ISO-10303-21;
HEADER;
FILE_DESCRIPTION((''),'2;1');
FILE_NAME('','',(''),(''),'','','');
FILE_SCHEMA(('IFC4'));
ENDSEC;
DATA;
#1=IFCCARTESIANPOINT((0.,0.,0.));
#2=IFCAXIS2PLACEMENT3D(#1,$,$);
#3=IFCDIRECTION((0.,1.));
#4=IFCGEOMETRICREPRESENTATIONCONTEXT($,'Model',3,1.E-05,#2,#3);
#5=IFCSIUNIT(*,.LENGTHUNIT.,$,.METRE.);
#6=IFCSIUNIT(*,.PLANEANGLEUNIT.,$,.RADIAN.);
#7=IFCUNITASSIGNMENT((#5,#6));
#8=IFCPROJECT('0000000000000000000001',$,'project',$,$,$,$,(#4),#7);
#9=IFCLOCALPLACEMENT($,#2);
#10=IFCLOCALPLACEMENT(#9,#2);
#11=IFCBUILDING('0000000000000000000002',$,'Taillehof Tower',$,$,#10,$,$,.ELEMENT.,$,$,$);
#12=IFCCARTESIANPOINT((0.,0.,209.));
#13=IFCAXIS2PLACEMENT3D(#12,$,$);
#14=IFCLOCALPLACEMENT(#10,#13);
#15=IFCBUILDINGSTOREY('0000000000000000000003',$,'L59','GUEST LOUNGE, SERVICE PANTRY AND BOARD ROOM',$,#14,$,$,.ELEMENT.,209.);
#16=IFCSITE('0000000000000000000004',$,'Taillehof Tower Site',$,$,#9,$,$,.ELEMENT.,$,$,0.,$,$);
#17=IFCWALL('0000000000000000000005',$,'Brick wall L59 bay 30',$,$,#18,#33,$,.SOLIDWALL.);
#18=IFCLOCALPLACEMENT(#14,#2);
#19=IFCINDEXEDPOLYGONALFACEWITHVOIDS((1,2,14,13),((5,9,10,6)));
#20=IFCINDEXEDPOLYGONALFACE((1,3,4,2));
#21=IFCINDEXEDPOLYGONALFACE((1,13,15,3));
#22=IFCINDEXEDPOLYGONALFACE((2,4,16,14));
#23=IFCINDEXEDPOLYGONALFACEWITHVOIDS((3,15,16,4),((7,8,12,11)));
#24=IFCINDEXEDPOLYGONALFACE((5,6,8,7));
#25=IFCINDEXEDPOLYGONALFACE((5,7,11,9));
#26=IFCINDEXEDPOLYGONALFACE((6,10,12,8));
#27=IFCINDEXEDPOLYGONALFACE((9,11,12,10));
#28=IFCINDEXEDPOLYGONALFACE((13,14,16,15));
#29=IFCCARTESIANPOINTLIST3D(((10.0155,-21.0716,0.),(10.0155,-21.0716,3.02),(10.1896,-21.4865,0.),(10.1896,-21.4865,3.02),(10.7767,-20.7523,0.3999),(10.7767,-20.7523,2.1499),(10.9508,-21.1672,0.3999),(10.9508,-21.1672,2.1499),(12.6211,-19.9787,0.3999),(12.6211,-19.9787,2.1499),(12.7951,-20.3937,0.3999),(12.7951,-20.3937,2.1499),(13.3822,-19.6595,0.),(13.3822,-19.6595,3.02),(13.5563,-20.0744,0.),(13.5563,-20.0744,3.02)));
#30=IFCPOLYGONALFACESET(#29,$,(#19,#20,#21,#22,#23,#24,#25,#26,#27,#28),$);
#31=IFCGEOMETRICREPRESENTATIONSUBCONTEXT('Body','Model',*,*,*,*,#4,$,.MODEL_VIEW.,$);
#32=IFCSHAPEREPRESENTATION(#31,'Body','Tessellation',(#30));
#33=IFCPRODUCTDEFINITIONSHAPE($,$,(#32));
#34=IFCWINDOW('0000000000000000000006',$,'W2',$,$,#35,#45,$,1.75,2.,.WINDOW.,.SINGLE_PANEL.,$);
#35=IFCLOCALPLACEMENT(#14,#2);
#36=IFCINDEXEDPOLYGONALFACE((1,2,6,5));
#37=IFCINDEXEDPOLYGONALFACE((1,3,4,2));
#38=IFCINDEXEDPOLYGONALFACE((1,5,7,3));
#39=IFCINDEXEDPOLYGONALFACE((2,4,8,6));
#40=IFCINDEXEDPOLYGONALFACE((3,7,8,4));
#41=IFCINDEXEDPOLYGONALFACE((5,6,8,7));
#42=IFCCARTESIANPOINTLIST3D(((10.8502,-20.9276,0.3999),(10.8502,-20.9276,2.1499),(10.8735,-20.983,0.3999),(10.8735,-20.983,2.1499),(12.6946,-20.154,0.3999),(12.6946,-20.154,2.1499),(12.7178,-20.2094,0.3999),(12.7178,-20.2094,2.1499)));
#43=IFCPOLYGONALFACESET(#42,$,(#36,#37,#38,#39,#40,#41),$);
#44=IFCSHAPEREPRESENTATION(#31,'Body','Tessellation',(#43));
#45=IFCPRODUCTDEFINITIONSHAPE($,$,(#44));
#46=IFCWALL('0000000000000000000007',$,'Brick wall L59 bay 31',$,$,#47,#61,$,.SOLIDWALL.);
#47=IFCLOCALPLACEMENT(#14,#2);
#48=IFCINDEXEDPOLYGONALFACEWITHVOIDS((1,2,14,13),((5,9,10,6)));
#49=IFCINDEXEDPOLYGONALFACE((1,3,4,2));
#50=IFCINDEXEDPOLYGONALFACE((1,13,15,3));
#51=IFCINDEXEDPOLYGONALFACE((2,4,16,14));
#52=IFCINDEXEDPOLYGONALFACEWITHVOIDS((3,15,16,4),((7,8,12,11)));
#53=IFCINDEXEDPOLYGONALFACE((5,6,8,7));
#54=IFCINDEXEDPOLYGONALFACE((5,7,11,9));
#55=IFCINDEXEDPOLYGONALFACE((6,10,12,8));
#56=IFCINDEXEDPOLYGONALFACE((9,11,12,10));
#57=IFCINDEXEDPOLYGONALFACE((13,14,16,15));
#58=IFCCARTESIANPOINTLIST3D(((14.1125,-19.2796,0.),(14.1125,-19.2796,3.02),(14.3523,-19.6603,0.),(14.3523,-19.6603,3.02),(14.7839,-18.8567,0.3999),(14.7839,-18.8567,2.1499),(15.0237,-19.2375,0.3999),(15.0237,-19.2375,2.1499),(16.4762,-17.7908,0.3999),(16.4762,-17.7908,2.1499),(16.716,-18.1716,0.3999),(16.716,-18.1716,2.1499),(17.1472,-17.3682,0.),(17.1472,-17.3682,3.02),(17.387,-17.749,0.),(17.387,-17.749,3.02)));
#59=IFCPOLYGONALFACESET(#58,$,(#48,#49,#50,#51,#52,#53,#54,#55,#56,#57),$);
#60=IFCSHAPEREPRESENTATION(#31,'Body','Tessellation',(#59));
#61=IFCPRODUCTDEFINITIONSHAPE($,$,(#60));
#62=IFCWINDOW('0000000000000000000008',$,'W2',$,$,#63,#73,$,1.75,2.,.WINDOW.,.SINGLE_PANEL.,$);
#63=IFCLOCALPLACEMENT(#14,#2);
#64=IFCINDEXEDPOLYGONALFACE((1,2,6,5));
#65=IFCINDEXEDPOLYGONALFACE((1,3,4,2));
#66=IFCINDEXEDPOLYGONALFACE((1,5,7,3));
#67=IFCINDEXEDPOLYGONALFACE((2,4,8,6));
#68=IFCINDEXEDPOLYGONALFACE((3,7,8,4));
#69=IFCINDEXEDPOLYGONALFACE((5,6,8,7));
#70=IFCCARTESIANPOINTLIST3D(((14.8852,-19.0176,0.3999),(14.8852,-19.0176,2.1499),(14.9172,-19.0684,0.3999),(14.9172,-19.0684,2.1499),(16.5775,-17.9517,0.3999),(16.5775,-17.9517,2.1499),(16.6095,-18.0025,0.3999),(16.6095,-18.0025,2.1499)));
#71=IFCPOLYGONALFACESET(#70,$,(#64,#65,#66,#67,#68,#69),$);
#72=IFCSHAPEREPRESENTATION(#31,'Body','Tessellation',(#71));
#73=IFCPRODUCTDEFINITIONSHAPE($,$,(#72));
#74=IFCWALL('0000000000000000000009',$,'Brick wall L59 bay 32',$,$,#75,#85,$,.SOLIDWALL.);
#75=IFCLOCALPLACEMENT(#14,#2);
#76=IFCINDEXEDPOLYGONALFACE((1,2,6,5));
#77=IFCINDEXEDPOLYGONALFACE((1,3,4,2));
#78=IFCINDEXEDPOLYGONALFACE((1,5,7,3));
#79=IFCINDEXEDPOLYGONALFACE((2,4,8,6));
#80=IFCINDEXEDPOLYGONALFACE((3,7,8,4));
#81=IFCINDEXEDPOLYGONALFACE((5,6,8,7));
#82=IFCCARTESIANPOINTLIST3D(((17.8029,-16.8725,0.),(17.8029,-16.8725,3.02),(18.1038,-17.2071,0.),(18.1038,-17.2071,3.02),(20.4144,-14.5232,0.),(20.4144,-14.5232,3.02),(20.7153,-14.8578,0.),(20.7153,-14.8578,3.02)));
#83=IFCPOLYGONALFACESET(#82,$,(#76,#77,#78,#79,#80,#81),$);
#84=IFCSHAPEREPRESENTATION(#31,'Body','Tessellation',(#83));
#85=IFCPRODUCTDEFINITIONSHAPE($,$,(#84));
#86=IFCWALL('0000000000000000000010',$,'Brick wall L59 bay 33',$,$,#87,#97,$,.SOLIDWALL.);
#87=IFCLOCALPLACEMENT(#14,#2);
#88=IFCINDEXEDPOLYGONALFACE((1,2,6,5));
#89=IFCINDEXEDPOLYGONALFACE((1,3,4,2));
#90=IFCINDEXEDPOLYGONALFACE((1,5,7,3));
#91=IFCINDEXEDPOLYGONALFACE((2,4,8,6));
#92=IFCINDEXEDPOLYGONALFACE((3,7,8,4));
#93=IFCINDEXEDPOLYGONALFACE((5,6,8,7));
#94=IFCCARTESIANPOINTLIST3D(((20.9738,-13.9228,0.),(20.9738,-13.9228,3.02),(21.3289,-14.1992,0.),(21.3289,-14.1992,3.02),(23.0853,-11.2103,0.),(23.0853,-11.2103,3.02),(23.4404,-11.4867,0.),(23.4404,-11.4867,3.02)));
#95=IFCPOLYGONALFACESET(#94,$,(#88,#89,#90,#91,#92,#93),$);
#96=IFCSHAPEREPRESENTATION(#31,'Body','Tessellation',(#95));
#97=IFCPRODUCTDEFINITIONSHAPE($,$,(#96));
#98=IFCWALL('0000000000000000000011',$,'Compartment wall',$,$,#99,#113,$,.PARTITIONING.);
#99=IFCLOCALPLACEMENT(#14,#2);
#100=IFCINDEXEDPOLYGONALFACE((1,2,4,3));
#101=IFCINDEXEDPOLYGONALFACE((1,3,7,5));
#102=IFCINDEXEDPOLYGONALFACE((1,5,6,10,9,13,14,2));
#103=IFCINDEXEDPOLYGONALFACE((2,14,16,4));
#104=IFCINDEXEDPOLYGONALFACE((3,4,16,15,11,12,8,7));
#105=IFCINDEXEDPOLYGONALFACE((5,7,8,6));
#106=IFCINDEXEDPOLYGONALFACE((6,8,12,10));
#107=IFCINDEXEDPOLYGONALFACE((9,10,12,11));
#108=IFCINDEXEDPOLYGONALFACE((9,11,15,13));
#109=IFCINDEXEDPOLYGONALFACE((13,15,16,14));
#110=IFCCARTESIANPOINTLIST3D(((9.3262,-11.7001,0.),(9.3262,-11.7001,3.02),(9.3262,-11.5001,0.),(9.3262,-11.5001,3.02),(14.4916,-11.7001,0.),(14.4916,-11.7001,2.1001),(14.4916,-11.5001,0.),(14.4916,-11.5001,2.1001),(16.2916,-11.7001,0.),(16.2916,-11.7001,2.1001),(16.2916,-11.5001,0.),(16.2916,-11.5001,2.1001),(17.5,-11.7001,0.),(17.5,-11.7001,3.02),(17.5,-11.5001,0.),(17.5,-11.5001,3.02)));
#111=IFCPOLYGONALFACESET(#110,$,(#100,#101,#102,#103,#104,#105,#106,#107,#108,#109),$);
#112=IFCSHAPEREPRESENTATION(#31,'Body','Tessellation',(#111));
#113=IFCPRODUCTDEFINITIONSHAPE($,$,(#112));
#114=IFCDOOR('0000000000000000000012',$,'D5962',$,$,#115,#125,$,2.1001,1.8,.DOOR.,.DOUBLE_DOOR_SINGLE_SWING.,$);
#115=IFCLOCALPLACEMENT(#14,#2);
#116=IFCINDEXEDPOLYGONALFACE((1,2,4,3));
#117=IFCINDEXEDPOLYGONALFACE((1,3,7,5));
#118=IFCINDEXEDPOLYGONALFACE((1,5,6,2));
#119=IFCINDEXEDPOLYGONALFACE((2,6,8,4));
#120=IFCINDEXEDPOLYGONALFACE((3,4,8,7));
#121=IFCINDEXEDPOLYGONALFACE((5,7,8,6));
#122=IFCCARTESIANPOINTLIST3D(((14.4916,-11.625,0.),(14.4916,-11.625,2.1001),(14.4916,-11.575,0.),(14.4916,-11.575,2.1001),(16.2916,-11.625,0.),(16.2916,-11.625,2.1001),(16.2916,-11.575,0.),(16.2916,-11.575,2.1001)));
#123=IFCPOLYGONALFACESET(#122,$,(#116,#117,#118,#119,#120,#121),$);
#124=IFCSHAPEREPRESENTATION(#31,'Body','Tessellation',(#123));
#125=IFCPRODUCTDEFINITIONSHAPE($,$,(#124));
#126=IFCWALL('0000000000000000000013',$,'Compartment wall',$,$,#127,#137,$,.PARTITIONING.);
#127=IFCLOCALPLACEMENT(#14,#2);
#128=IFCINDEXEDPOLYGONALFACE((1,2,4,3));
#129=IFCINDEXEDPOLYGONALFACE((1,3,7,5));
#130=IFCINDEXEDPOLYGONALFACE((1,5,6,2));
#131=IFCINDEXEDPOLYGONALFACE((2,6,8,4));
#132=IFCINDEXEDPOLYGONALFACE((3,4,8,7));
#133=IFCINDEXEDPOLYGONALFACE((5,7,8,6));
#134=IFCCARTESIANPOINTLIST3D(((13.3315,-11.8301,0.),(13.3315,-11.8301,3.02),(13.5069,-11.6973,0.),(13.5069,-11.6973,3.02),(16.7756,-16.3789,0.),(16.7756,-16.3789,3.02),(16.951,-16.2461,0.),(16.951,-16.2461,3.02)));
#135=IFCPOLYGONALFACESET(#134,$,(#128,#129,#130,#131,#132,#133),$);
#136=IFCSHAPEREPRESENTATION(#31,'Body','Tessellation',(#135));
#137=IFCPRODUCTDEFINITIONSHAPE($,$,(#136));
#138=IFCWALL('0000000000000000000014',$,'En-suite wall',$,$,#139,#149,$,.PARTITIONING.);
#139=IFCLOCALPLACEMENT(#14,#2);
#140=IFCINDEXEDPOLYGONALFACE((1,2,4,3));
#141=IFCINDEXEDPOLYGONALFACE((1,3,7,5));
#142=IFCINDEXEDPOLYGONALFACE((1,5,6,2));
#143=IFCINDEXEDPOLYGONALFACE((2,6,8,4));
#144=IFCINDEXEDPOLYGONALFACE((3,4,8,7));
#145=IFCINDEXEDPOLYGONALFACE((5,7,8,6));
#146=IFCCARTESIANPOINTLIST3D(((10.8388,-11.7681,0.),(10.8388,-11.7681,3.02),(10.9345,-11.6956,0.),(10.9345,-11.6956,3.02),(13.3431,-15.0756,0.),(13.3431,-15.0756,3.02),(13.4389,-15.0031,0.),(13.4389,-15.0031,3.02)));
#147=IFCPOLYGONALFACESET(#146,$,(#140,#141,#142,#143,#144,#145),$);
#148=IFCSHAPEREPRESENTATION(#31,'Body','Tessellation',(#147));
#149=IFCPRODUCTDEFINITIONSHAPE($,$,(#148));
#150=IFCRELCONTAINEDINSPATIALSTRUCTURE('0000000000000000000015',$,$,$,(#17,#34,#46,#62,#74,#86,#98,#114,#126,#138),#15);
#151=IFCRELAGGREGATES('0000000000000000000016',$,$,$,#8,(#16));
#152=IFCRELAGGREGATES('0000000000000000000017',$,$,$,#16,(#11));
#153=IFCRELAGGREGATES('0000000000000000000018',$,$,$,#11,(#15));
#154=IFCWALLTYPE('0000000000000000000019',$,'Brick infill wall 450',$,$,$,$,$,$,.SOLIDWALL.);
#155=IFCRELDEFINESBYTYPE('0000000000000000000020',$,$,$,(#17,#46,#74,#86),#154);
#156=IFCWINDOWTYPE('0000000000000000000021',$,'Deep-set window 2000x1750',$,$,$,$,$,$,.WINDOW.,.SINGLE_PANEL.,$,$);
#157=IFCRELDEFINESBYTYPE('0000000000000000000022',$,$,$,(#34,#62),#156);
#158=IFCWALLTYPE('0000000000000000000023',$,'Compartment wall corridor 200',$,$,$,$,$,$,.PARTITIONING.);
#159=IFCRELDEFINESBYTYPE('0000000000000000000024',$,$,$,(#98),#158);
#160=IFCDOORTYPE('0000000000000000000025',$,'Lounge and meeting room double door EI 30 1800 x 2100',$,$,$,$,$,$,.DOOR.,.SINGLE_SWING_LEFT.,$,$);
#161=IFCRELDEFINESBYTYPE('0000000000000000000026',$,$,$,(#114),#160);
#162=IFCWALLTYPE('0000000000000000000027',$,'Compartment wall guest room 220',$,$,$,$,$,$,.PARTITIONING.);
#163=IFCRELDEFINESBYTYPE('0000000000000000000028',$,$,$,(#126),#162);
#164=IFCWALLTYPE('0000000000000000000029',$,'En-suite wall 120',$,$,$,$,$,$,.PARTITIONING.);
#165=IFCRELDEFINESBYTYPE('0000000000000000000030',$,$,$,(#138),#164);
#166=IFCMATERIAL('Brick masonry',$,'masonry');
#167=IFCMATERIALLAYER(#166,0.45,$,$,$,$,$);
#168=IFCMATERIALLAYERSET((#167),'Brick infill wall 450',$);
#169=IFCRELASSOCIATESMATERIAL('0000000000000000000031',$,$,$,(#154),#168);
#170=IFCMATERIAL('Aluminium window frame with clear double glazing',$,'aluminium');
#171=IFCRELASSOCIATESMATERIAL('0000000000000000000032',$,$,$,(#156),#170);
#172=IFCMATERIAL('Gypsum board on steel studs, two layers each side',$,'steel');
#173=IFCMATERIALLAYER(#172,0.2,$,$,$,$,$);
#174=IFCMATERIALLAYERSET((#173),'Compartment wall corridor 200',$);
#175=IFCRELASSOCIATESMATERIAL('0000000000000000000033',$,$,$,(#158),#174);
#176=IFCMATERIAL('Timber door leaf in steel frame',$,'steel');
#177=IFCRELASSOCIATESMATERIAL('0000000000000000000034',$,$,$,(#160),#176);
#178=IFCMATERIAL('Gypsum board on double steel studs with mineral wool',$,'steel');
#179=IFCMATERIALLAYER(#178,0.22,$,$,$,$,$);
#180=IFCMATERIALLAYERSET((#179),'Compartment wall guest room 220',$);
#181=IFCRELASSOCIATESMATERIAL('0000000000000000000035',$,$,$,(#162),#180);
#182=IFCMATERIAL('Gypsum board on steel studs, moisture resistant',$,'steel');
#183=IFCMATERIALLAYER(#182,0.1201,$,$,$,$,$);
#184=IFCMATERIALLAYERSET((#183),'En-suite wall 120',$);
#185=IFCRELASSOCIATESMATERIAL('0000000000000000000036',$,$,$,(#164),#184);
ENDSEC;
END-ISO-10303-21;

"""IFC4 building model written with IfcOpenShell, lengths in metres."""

from ifc_helpers import new_model, si_unit, direction, frame, frame_2d, origin, place, context, subcontext, project, spatial, rectangle, extrude, material, layer, layer_set, type_object, element, fill, save


model = new_model("IFC4")

# Units and contexts
model_context = context("Model", 3, precision=1e-05, world=origin(), true_north=direction((0.0, 1.0)))
body_context = subcontext(model_context, "Body", "Model", "MODEL_VIEW")
ifc_project = project(units=[si_unit("LENGTHUNIT", "METRE"), si_unit("PLANEANGLEUNIT", "RADIAN")], contexts=[model_context])

# Site, building, storey
site_placement = place(None, origin())
site = spatial("IfcSite", under=ifc_project, at=site_placement, Name="Taillehof Tower Site", CompositionType="ELEMENT", RefElevation=0.0)
building_placement = place(site_placement, origin())
building = spatial("IfcBuilding", under=site, at=building_placement, Name="Taillehof Tower", CompositionType="ELEMENT")
storey_placement = place(building_placement, frame((0.0, 0.0, 209.0)))
storey = spatial("IfcBuildingStorey", under=building, at=storey_placement, Name="L59", Description="GUEST LOUNGE, SERVICE PANTRY AND BOARD ROOM", CompositionType="ELEMENT", Elevation=209.0)

# Walls, openings, windows
ifc_material_1 = material(Name="Brick masonry", Category="masonry")
ifc_layer_1 = layer(ifc_material_1, 0.45)
ifc_layer_set_1 = layer_set([ifc_layer_1], Name="Brick infill wall 450")
wall_type_1 = type_object("IfcWallType", Name="Brick infill wall 450", PredefinedType="SOLIDWALL", material=ifc_layer_set_1)
wall_1_placement = place(storey_placement, frame((10.1025, -21.2791, 0.0), z_axis=(0.0, 0.0, 1.0), x_axis=(0.922168, 0.386789, 0.0)))
wall_1 = element("IfcWall", 1, at=wall_1_placement, inside=storey, type_object=wall_type_1, Name="Brick wall L59 bay 30", PredefinedType="SOLIDWALL", context=body_context, shape_type="SweptSolid", body=[
    extrude(rectangle(XDim=3.6509, YDim=0.45, at=frame_2d((1.8254, 0.0))), origin(), (0.0, 0.0, 1.0), 3.02),
])
opening_1_placement = place(wall_1_placement, frame((0.8254, 0.0, 0.3999)))
opening_1 = element("IfcOpeningElement", 2, at=opening_1_placement, cuts=wall_1, PredefinedType="OPENING", context=body_context, shape_type="SweptSolid", body=[
    extrude(rectangle(XDim=2.0, YDim=1.75, at=frame_2d((1.0, 0.875))), frame((0.0, 0.2349, 0.0), z_axis=(0.0, -1.0, 0.0), x_axis=(1.0, 0.0, 0.0)), (0.0, 0.0, 1.0), 0.47),
])
ifc_material_2 = material(Name="Aluminium window frame with clear double glazing", Category="aluminium")
window_type = type_object("IfcWindowType", Name="Deep-set window 2000x1750", PartitioningType="SINGLE_PANEL", PredefinedType="WINDOW", material=ifc_material_2)
window_1_placement = place(opening_1_placement, origin())
window_1 = element("IfcWindow", 3, at=window_1_placement, inside=storey, type_object=window_type, Name="W2", OverallHeight=1.75, OverallWidth=2.0, PartitioningType="SINGLE_PANEL", PredefinedType="WINDOW", context=body_context, shape_type="SweptSolid", body=[
    extrude(rectangle(XDim=2.0, YDim=1.75, at=frame_2d((1.0, 0.875))), frame((0.0, 0.0349, 0.0), z_axis=(0.0, -1.0, 0.0), x_axis=(1.0, 0.0, 0.0)), (0.0, 0.0, 1.0), 0.0601),
])
fill(opening_1, window_1)
wall_2_placement = place(storey_placement, frame((14.2324, -19.47, 0.0), z_axis=(0.0, 0.0, 1.0), x_axis=(0.84615, 0.532945, 0.0)))
wall_2 = element("IfcWall", 4, at=wall_2_placement, inside=storey, type_object=wall_type_1, Name="Brick wall L59 bay 31", PredefinedType="SOLIDWALL", context=body_context, shape_type="SweptSolid", body=[
    extrude(rectangle(XDim=3.5864, YDim=0.45, at=frame_2d((1.7932, 0.0))), origin(), (0.0, 0.0, 1.0), 3.02),
])
opening_2_placement = place(wall_2_placement, frame((0.7935, 0.0, 0.3999)))
opening_2 = element("IfcOpeningElement", 5, at=opening_2_placement, cuts=wall_2, PredefinedType="OPENING", context=body_context, shape_type="SweptSolid", body=[
    extrude(rectangle(XDim=2.0, YDim=1.75, at=frame_2d((1.0, 0.875))), frame((0.0, 0.2349, 0.0), z_axis=(0.0, -1.0, 0.0), x_axis=(1.0, 0.0, 0.0)), (0.0, 0.0, 1.0), 0.47),
])
window_2_placement = place(opening_2_placement, origin())
window_2 = element("IfcWindow", 6, at=window_2_placement, inside=storey, type_object=window_type, Name="W2", OverallHeight=1.75, OverallWidth=2.0, PartitioningType="SINGLE_PANEL", PredefinedType="WINDOW", context=body_context, shape_type="SweptSolid", body=[
    extrude(rectangle(XDim=2.0, YDim=1.75, at=frame_2d((1.0, 0.875))), frame((0.0, 0.0349, 0.0), z_axis=(0.0, -1.0, 0.0), x_axis=(1.0, 0.0, 0.0)), (0.0, 0.0, 1.0), 0.0601),
])
fill(opening_2, window_2)

# Walls
wall_3_placement = place(storey_placement, frame((17.9534, -17.0398, 0.0), z_axis=(0.0, 0.0, 1.0), x_axis=(0.743443, 0.6688, 0.0)))
element("IfcWall", 7, at=wall_3_placement, inside=storey, type_object=wall_type_1, Name="Brick wall L59 bay 32", PredefinedType="SOLIDWALL", context=body_context, shape_type="SweptSolid", body=[
    extrude(rectangle(XDim=3.5127, YDim=0.45, at=frame_2d((1.7563, 0.0))), origin(), (0.0, 0.0, 1.0), 3.02),
])
wall_4_placement = place(storey_placement, frame((21.1514, -14.061, 0.0), z_axis=(0.0, 0.0, 1.0), x_axis=(0.614255, 0.789107, 0.0)))
element("IfcWall", 8, at=wall_4_placement, inside=storey, type_object=wall_type_1, Name="Brick wall L59 bay 33", PredefinedType="SOLIDWALL", context=body_context, shape_type="SweptSolid", body=[
    extrude(rectangle(XDim=3.4375, YDim=0.45, at=frame_2d((1.7188, 0.0))), origin(), (0.0, 0.0, 1.0), 3.02),
])

# Wall, opening, door
ifc_material_3 = material(Name="Gypsum board on steel studs, two layers each side", Category="steel")
ifc_layer_2 = layer(ifc_material_3, 0.2)
ifc_layer_set_2 = layer_set([ifc_layer_2], Name="Compartment wall corridor 200")
wall_type_2 = type_object("IfcWallType", Name="Compartment wall corridor 200", PredefinedType="PARTITIONING", material=ifc_layer_set_2)
wall_5_placement = place(storey_placement, frame((17.5, -11.6001, 0.0), z_axis=(0.0, 0.0, 1.0), x_axis=(-1.0, 0.0, 0.0)))
wall_5 = element("IfcWall", 9, at=wall_5_placement, inside=storey, type_object=wall_type_2, Name="Compartment wall", PredefinedType="PARTITIONING", context=body_context, shape_type="SweptSolid", body=[
    extrude(rectangle(XDim=8.1738, YDim=0.2, at=frame_2d((4.0869, 0.0))), origin(), (0.0, 0.0, 1.0), 3.02),
])
opening_3_placement = place(wall_5_placement, frame((1.2085, 0.0, 0.0)))
opening_3 = element("IfcOpeningElement", 10, at=opening_3_placement, cuts=wall_5, PredefinedType="OPENING", context=body_context, shape_type="SweptSolid", body=[
    extrude(rectangle(XDim=1.8, YDim=2.1001, at=frame_2d((0.8999, 1.05))), frame((0.0, 0.1099, 0.0), z_axis=(0.0, -1.0, 0.0), x_axis=(1.0, 0.0, 0.0)), (0.0, 0.0, 1.0), 0.22),
])
ifc_material_4 = material(Name="Timber door leaf in steel frame", Category="steel")
door_type_1 = type_object("IfcDoorType", Name="Lounge and meeting room double door EI 30 1800 x 2100", OperationType="SINGLE_SWING_LEFT", PredefinedType="DOOR", material=ifc_material_4)
door_1_placement = place(opening_3_placement, origin())
door_1 = element("IfcDoor", 11, at=door_1_placement, inside=storey, type_object=door_type_1, Name="D5962", OperationType="DOUBLE_DOOR_SINGLE_SWING", OverallHeight=2.1001, OverallWidth=1.8, PredefinedType="DOOR", context=body_context, shape_type="SweptSolid", body=[
    extrude(rectangle(XDim=1.8, YDim=2.1001, at=frame_2d((0.8999, 1.05))), frame((0.0, 0.0249, 0.0), z_axis=(0.0, -1.0, 0.0), x_axis=(1.0, 0.0, 0.0)), (0.0, 0.0, 1.0), 0.05),
])
fill(opening_3, door_1)

# Walls
ifc_material_5 = material(Name="Gypsum board on double steel studs with mineral wool", Category="steel")
ifc_layer_3 = layer(ifc_material_5, 0.22)
ifc_layer_set_3 = layer_set([ifc_layer_3], Name="Compartment wall guest room 220")
wall_type_3 = type_object("IfcWallType", Name="Compartment wall guest room 220", PredefinedType="PARTITIONING", material=ifc_layer_set_3)
wall_6_placement = place(storey_placement, frame((16.8633, -16.3125, 0.0), z_axis=(0.0, 0.0, 1.0), x_axis=(-0.603636, 0.79726, 0.0)))
element("IfcWall", 12, at=wall_6_placement, inside=storey, type_object=wall_type_3, Name="Compartment wall", PredefinedType="PARTITIONING", context=body_context, shape_type="SweptSolid", body=[
    extrude(rectangle(XDim=5.7056, YDim=0.22, at=frame_2d((2.8528, 0.0))), origin(), (0.0, 0.0, 1.0), 3.02),
])
ifc_material_6 = material(Name="Gypsum board on steel studs, moisture resistant", Category="steel")
ifc_layer_4 = layer(ifc_material_6, 0.1201)
ifc_layer_set_4 = layer_set([ifc_layer_4], Name="En-suite wall 120")
wall_type_4 = type_object("IfcWallType", Name="En-suite wall 120", PredefinedType="PARTITIONING", material=ifc_layer_set_4)
wall_7_placement = place(storey_placement, frame((10.8867, -11.7319, 0.0), z_axis=(0.0, 0.0, 1.0), x_axis=(0.603647, -0.797252, 0.0)))
element("IfcWall", 13, at=wall_7_placement, inside=storey, type_object=wall_type_4, Name="En-suite wall", PredefinedType="PARTITIONING", context=body_context, shape_type="SweptSolid", body=[
    extrude(rectangle(XDim=4.1487, YDim=0.1201, at=frame_2d((2.0742, 0.0))), origin(), (0.0, 0.0, 1.0), 3.02),
])

save(model, "model.ifc")
